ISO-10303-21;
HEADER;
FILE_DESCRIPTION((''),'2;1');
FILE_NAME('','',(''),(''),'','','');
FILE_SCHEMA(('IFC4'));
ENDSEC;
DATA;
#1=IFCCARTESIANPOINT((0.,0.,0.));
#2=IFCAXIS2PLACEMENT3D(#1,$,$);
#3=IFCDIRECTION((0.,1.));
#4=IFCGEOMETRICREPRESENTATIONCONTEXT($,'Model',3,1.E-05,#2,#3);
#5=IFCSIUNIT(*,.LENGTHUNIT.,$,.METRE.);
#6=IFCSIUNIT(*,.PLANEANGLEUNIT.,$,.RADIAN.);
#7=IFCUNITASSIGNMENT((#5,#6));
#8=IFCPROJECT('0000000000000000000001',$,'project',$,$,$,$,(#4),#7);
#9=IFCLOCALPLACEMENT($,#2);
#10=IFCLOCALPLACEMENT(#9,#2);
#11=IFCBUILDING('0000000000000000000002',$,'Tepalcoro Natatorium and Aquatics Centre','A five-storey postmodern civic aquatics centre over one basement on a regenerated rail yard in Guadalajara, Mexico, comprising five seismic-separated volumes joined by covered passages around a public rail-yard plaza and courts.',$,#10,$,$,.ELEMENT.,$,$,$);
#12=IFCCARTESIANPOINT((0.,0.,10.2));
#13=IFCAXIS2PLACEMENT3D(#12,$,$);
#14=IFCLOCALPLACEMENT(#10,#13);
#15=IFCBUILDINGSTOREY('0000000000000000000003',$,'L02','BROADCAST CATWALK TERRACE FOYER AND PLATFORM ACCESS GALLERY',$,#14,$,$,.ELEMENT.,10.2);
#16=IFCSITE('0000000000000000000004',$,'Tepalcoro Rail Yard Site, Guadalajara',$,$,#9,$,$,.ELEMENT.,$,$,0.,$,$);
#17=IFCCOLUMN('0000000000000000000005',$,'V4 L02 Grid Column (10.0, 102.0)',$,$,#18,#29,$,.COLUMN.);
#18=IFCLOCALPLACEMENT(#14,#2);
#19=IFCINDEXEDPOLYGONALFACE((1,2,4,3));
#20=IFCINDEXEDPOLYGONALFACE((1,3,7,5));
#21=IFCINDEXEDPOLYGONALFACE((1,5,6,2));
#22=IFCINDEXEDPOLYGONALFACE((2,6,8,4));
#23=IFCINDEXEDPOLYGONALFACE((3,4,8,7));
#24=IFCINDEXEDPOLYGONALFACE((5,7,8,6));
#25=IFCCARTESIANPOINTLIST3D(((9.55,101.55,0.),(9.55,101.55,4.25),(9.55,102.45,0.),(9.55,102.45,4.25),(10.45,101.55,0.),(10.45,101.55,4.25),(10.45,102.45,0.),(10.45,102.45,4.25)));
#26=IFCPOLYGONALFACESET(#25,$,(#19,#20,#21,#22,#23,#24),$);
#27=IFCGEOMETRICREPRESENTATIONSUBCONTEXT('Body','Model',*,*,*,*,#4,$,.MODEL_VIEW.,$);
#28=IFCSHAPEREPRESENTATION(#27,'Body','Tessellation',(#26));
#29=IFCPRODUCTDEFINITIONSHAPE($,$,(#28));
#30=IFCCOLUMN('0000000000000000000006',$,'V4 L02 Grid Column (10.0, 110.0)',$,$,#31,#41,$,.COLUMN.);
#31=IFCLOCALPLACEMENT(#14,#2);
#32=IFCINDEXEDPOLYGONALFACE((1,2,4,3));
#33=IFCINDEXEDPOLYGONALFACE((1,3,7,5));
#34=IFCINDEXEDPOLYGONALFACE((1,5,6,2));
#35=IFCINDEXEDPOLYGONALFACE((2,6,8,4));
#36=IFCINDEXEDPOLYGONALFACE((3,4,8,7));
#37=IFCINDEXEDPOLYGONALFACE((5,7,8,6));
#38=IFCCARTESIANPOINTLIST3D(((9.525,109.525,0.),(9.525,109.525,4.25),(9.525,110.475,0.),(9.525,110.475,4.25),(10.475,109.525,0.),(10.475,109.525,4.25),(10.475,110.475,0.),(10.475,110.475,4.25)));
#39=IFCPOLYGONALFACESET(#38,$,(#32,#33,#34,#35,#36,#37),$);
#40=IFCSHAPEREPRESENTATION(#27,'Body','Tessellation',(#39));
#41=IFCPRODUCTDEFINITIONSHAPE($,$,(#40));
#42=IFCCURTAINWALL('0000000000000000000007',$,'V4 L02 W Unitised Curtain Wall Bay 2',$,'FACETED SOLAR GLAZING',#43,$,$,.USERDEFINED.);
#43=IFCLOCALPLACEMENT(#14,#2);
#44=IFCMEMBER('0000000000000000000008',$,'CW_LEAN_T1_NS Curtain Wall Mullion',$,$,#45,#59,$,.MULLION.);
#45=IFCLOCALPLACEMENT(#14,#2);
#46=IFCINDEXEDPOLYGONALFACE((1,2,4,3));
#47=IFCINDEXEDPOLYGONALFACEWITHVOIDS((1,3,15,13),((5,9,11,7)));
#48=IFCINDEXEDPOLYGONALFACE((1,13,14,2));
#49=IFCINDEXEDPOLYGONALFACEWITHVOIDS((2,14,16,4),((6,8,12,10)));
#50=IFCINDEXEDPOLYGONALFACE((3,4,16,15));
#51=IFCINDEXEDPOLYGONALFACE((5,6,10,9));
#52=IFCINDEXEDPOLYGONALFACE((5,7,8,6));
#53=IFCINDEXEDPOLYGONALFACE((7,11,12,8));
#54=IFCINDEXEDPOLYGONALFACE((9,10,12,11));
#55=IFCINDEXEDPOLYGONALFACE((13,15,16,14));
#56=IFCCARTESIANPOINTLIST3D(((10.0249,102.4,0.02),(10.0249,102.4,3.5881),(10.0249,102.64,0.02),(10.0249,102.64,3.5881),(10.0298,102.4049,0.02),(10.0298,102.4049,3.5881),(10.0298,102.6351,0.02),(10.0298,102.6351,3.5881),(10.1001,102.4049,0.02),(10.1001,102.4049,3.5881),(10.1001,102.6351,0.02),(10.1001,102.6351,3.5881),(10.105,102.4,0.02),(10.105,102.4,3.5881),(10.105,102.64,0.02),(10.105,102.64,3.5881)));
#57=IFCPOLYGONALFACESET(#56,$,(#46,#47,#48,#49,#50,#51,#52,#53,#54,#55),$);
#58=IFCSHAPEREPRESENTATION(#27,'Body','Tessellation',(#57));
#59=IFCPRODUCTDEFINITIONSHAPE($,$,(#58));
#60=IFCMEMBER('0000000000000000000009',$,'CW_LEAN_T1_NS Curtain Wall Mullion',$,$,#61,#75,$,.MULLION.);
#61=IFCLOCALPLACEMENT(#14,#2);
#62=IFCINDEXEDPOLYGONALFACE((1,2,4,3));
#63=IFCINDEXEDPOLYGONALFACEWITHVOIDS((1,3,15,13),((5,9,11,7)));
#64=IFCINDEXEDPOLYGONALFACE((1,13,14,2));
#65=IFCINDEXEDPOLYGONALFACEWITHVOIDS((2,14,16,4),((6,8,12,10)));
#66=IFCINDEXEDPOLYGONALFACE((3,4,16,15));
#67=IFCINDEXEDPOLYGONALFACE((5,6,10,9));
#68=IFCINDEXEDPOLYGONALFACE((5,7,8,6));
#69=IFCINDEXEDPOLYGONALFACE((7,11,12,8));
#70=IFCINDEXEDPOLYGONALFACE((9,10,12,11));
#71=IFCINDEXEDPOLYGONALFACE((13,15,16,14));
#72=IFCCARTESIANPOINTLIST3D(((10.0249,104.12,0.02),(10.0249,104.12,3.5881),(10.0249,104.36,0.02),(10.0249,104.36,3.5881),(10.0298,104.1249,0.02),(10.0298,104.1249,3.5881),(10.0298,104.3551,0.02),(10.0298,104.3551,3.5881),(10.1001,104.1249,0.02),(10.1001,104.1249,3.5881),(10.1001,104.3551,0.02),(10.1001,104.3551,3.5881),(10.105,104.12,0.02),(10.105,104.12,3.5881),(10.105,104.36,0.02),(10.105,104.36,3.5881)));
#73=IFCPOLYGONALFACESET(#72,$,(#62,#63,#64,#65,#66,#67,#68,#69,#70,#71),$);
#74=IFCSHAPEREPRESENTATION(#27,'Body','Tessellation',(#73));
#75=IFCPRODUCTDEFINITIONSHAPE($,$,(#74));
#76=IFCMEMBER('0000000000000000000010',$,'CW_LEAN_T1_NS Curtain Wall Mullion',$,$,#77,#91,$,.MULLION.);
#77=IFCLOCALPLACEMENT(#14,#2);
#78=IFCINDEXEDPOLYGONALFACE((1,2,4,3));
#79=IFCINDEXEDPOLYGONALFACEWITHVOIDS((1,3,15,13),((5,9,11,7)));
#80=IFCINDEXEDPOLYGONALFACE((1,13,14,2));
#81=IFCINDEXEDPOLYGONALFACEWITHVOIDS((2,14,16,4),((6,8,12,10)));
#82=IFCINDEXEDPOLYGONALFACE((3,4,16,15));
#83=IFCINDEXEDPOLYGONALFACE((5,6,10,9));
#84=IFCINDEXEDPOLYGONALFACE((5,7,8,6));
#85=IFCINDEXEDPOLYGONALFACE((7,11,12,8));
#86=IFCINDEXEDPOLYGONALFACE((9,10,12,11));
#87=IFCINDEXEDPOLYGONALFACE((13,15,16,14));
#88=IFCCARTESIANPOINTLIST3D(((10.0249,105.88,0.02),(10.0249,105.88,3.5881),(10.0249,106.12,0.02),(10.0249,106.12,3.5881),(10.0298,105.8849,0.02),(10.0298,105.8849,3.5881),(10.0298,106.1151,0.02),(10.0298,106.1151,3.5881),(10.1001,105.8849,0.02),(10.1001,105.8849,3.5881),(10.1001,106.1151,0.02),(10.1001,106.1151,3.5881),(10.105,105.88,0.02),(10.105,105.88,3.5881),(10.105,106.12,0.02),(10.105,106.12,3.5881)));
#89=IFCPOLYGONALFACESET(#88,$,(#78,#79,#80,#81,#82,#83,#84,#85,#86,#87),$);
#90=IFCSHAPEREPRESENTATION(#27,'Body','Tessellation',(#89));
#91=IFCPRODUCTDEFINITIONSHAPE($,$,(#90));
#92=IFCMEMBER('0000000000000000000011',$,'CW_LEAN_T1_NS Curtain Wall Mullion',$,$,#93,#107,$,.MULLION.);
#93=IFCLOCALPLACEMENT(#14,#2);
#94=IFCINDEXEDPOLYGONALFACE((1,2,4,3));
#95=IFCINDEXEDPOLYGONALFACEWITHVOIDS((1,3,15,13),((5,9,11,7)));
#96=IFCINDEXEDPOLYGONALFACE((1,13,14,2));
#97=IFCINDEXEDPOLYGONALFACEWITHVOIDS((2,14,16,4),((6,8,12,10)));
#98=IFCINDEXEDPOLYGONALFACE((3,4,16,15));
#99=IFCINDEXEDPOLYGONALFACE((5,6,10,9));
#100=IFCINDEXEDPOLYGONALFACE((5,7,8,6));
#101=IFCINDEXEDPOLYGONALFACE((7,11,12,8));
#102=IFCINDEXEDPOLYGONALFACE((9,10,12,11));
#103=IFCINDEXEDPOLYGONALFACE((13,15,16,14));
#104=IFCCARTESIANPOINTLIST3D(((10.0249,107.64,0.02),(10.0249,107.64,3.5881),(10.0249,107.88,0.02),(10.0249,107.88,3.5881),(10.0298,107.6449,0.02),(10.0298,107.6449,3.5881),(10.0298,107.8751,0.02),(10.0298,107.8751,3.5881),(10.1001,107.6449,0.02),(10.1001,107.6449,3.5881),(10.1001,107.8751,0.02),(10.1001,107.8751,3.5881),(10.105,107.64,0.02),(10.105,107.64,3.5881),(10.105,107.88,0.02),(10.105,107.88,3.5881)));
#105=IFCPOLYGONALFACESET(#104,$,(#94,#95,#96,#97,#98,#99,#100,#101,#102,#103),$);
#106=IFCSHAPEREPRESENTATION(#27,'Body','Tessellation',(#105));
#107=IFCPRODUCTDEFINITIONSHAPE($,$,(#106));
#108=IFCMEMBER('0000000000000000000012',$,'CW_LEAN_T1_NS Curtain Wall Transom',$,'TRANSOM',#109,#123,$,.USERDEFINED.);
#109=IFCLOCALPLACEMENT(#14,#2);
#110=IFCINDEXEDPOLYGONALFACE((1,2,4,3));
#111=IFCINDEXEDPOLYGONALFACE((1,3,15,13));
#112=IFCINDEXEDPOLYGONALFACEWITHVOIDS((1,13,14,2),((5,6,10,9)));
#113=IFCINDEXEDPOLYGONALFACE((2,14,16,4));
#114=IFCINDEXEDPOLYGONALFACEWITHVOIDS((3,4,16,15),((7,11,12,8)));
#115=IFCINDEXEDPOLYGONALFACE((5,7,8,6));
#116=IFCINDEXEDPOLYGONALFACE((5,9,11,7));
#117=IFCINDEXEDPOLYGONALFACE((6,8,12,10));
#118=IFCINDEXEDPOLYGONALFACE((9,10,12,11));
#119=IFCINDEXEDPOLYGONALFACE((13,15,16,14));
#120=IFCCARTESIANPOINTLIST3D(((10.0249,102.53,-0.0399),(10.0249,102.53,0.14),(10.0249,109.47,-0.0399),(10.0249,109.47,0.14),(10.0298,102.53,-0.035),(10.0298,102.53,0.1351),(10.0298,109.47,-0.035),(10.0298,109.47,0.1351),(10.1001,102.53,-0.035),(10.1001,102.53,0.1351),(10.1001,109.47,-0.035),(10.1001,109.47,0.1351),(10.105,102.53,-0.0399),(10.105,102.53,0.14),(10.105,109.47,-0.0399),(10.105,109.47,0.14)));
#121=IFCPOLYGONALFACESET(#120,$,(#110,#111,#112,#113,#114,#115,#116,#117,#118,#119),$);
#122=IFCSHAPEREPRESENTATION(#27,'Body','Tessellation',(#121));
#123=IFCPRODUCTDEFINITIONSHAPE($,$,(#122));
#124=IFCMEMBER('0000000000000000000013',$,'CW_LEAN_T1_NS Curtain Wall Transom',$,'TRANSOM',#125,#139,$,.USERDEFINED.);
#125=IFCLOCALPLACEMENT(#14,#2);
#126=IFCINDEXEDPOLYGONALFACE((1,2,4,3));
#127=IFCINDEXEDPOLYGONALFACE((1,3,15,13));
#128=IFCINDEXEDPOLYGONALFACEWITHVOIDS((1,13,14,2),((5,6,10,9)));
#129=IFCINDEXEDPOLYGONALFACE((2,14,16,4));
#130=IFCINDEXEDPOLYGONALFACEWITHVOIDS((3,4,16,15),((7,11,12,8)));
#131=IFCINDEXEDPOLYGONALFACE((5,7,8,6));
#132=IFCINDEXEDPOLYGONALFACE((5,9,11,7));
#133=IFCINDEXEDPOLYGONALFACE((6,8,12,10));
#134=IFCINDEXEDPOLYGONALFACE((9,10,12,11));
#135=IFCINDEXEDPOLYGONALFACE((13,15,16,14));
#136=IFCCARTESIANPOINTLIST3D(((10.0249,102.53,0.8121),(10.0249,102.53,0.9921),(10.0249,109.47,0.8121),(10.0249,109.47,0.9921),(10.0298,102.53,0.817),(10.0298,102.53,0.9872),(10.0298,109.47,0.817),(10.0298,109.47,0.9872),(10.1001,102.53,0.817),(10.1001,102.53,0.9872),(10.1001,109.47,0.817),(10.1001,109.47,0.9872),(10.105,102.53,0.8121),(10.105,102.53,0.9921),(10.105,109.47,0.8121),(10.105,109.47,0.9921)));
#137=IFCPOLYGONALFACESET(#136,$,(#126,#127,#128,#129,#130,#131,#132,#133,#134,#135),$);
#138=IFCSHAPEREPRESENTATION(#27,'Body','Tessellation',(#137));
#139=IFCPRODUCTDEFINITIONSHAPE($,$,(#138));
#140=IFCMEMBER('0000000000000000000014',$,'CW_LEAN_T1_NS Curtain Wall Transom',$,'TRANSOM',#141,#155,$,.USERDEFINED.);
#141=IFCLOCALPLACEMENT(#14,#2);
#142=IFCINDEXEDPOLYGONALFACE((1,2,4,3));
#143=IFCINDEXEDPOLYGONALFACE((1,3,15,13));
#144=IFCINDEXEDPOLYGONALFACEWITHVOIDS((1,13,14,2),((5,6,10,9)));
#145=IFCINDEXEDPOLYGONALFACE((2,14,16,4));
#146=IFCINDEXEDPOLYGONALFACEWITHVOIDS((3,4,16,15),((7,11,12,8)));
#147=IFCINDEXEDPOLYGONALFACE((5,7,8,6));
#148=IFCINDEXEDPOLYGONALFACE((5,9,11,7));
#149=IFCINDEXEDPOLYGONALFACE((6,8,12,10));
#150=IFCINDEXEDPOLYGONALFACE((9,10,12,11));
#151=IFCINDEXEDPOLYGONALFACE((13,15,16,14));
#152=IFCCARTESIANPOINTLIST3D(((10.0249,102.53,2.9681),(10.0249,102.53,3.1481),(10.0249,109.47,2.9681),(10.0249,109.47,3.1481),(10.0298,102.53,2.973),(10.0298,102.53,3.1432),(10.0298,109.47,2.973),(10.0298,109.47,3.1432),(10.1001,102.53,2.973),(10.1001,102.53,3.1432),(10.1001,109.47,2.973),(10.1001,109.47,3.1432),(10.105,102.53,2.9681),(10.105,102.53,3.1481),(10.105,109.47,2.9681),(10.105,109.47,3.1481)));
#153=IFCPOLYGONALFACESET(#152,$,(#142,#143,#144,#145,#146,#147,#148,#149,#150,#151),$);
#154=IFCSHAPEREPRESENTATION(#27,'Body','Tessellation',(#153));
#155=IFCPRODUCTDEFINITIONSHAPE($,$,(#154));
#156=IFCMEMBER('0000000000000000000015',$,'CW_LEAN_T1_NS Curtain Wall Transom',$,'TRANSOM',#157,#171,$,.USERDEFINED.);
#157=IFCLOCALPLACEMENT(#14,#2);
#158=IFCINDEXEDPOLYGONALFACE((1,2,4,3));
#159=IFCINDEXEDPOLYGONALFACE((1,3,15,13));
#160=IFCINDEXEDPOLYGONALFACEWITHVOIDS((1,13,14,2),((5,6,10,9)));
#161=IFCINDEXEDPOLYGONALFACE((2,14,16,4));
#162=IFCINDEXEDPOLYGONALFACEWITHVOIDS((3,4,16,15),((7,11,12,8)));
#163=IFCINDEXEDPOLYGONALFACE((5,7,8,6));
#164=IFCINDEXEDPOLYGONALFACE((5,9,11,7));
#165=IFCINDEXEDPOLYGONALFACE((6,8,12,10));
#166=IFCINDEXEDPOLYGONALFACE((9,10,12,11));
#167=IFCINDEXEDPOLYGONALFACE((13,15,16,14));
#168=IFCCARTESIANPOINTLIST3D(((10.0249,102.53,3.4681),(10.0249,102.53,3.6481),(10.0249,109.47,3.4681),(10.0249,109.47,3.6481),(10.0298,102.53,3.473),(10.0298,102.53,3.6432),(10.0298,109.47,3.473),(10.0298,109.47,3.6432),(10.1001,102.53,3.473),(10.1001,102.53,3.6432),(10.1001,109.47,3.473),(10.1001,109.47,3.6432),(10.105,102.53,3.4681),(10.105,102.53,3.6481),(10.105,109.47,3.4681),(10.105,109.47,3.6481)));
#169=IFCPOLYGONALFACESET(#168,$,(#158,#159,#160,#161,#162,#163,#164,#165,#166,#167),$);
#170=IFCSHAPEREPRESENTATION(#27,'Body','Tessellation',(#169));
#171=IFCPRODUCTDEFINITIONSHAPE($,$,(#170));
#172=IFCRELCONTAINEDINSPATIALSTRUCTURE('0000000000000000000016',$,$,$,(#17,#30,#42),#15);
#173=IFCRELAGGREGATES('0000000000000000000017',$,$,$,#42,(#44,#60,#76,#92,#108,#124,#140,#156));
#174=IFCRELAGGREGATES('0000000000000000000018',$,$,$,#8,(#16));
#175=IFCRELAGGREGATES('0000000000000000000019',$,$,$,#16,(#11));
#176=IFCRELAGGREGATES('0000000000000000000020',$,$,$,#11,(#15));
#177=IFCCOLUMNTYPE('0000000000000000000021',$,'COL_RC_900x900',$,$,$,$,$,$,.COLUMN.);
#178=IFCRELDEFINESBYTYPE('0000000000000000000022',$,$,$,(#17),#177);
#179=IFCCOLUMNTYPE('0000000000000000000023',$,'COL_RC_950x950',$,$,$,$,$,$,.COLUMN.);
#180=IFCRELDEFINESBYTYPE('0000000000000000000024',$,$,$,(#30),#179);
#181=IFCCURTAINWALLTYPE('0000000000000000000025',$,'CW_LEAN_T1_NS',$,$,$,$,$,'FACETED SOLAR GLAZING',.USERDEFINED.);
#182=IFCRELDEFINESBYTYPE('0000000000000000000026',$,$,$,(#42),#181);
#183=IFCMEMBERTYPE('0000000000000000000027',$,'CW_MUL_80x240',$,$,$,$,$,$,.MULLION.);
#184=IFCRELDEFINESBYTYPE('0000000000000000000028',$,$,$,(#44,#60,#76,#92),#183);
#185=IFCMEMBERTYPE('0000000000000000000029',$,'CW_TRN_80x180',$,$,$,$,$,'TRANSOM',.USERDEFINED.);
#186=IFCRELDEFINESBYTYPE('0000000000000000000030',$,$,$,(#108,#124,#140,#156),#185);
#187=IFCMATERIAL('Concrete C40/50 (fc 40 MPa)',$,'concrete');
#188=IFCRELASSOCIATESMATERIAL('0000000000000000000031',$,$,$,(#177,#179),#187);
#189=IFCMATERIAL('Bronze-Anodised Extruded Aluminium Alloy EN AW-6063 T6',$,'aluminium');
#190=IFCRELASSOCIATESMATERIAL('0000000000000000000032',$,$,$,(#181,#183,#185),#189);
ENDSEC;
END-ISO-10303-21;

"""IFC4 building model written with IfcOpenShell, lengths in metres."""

from ifc_helpers import new_model, si_unit, direction, frame, origin, origin_2d, place, context, subcontext, project, spatial, rectangle, hollow_rectangle, extrude, material, material_profile, profile_set, type_object, element, aggregate, save


model = new_model("IFC4")

# Units and contexts
model_context = context("Model", 3, precision=1e-05, world=origin(), true_north=direction((0.0, 1.0)))
body_context = subcontext(model_context, "Body", "Model", "MODEL_VIEW")
ifc_project = project(units=[si_unit("LENGTHUNIT", "METRE"), si_unit("PLANEANGLEUNIT", "RADIAN")], contexts=[model_context])

# Site, building, storey
site_placement = place(None, origin())
site = spatial("IfcSite", under=ifc_project, at=site_placement, Name="Tepalcoro Rail Yard Site, Guadalajara", CompositionType="ELEMENT", RefElevation=0.0)
building_placement = place(site_placement, origin())
building = spatial("IfcBuilding", under=site, at=building_placement, Name="Tepalcoro Natatorium and Aquatics Centre", Description="A five-storey postmodern civic aquatics centre over one basement on a regenerated rail yard in Guadalajara, Mexico, comprising five seismic-separated volumes joined by covered passages around a public rail-yard plaza and courts.", CompositionType="ELEMENT")
storey_placement = place(building_placement, frame((0.0, 0.0, 10.2)))
storey = spatial("IfcBuildingStorey", under=building, at=storey_placement, Name="L02", Description="BROADCAST CATWALK TERRACE FOYER AND PLATFORM ACCESS GALLERY", CompositionType="ELEMENT", Elevation=10.2)

# Columns
ifc_material_1 = material(Name="Concrete C40/50 (fc 40 MPa)", Category="concrete")
ifc_material_profile_1 = material_profile(ifc_material_1, rectangle(XDim=0.8999, YDim=0.8999, at=origin_2d()), Name="RC900x900")
ifc_profile_set_1 = profile_set([ifc_material_profile_1], Name="Concrete C40/50 (fc 40 MPa)")
column_type_1 = type_object("IfcColumnType", Name="COL_RC_900x900", PredefinedType="COLUMN", material=ifc_profile_set_1)
column_1_placement = place(storey_placement, frame((10.0, 102.0, 0.0), z_axis=(0.0, 0.0, 1.0), x_axis=(1.0, 0.0, 0.0)))
element("IfcColumn", 1, at=column_1_placement, inside=storey, type_object=column_type_1, Name="V4 L02 Grid Column (10.0, 102.0)", PredefinedType="COLUMN", context=body_context, shape_type="SweptSolid", body=[
    extrude(rectangle(XDim=0.8999, YDim=0.8999, at=origin_2d()), origin(), (0.0, 0.0, 1.0), 4.25),
])
ifc_material_profile_2 = material_profile(ifc_material_1, rectangle(XDim=0.95, YDim=0.95, at=origin_2d()), Name="RC950x950")
ifc_profile_set_2 = profile_set([ifc_material_profile_2], Name="Concrete C40/50 (fc 40 MPa)")
column_type_2 = type_object("IfcColumnType", Name="COL_RC_950x950", PredefinedType="COLUMN", material=ifc_profile_set_2)
column_2_placement = place(storey_placement, frame((10.0, 110.0, 0.0), z_axis=(0.0, 0.0, 1.0), x_axis=(1.0, 0.0, 0.0)))
element("IfcColumn", 2, at=column_2_placement, inside=storey, type_object=column_type_2, Name="V4 L02 Grid Column (10.0, 110.0)", PredefinedType="COLUMN", context=body_context, shape_type="SweptSolid", body=[
    extrude(rectangle(XDim=0.95, YDim=0.95, at=origin_2d()), origin(), (0.0, 0.0, 1.0), 4.25),
])

# Curtain wall, members
ifc_material_2 = material(Name="Bronze-Anodised Extruded Aluminium Alloy EN AW-6063 T6", Category="aluminium")
curtain_wall_type = type_object("IfcCurtainWallType", Name="CW_LEAN_T1_NS", ElementType="FACETED SOLAR GLAZING", PredefinedType="USERDEFINED", material=ifc_material_2)
curtain_wall_placement = place(storey_placement, origin())
curtain_wall = element("IfcCurtainWall", 3, at=curtain_wall_placement, inside=storey, type_object=curtain_wall_type, Name="V4 L02 W Unitised Curtain Wall Bay 2", ObjectType="FACETED SOLAR GLAZING", PredefinedType="USERDEFINED")
ifc_material_profile_3 = material_profile(ifc_material_2, hollow_rectangle(XDim=0.0801, YDim=0.24, WallThickness=0.0049, at=origin_2d()), Name="AL80X240X5")
ifc_profile_set_3 = profile_set([ifc_material_profile_3], Name="Bronze-Anodised Extruded Aluminium Alloy EN AW-6063 T6")
member_type_1 = type_object("IfcMemberType", Name="CW_MUL_80x240", PredefinedType="MULLION", material=ifc_profile_set_3)
member_1_placement = place(storey_placement, frame((10.0649, 102.52, 0.02), z_axis=(0.0, 0.0, 1.0), x_axis=(1.0, 0.0, 0.0)))
member_1 = element("IfcMember", 4, at=member_1_placement, type_object=member_type_1, Name="CW_LEAN_T1_NS Curtain Wall Mullion", PredefinedType="MULLION", context=body_context, shape_type="SweptSolid", body=[
    extrude(hollow_rectangle(XDim=0.0801, YDim=0.24, WallThickness=0.0049, at=origin_2d()), origin(), (0.0, 0.0, 1.0), 3.5681),
])
member_2_placement = place(storey_placement, frame((10.0649, 104.24, 0.02), z_axis=(0.0, 0.0, 1.0), x_axis=(1.0, 0.0, 0.0)))
member_2 = element("IfcMember", 5, at=member_2_placement, type_object=member_type_1, Name="CW_LEAN_T1_NS Curtain Wall Mullion", PredefinedType="MULLION", context=body_context, shape_type="SweptSolid", body=[
    extrude(hollow_rectangle(XDim=0.0801, YDim=0.24, WallThickness=0.0049, at=origin_2d()), origin(), (0.0, 0.0, 1.0), 3.5681),
])
member_3_placement = place(storey_placement, frame((10.0649, 106.0, 0.02), z_axis=(0.0, 0.0, 1.0), x_axis=(1.0, 0.0, 0.0)))
member_3 = element("IfcMember", 6, at=member_3_placement, type_object=member_type_1, Name="CW_LEAN_T1_NS Curtain Wall Mullion", PredefinedType="MULLION", context=body_context, shape_type="SweptSolid", body=[
    extrude(hollow_rectangle(XDim=0.0801, YDim=0.24, WallThickness=0.0049, at=origin_2d()), origin(), (0.0, 0.0, 1.0), 3.5681),
])
member_4_placement = place(storey_placement, frame((10.0649, 107.76, 0.02), z_axis=(0.0, 0.0, 1.0), x_axis=(1.0, 0.0, 0.0)))
member_4 = element("IfcMember", 7, at=member_4_placement, type_object=member_type_1, Name="CW_LEAN_T1_NS Curtain Wall Mullion", PredefinedType="MULLION", context=body_context, shape_type="SweptSolid", body=[
    extrude(hollow_rectangle(XDim=0.0801, YDim=0.24, WallThickness=0.0049, at=origin_2d()), origin(), (0.0, 0.0, 1.0), 3.5681),
])
ifc_material_profile_4 = material_profile(ifc_material_2, hollow_rectangle(XDim=0.0801, YDim=0.1799, WallThickness=0.0049, at=origin_2d()), Name="AL80X180X5")
ifc_profile_set_4 = profile_set([ifc_material_profile_4], Name="Bronze-Anodised Extruded Aluminium Alloy EN AW-6063 T6")
member_type_2 = type_object("IfcMemberType", Name="CW_TRN_80x180", ElementType="TRANSOM", PredefinedType="USERDEFINED", material=ifc_profile_set_4)
member_5_placement = place(storey_placement, frame((10.0649, 102.53, 0.05), z_axis=(0.0, 1.0, 0.0), x_axis=(-1.0, 0.0, 0.0)))
member_5 = element("IfcMember", 8, at=member_5_placement, type_object=member_type_2, Name="CW_LEAN_T1_NS Curtain Wall Transom", ObjectType="TRANSOM", PredefinedType="USERDEFINED", context=body_context, shape_type="SweptSolid", body=[
    extrude(hollow_rectangle(XDim=0.0801, YDim=0.1799, WallThickness=0.0049, at=origin_2d()), origin(), (0.0, 0.0, 1.0), 6.9399),
])
member_6_placement = place(storey_placement, frame((10.0649, 102.53, 0.9021), z_axis=(0.0, 1.0, 0.0), x_axis=(-1.0, 0.0, 0.0)))
member_6 = element("IfcMember", 9, at=member_6_placement, type_object=member_type_2, Name="CW_LEAN_T1_NS Curtain Wall Transom", ObjectType="TRANSOM", PredefinedType="USERDEFINED", context=body_context, shape_type="SweptSolid", body=[
    extrude(hollow_rectangle(XDim=0.0801, YDim=0.1799, WallThickness=0.0049, at=origin_2d()), origin(), (0.0, 0.0, 1.0), 6.9399),
])
member_7_placement = place(storey_placement, frame((10.0649, 102.53, 3.0581), z_axis=(0.0, 1.0, 0.0), x_axis=(-1.0, 0.0, 0.0)))
member_7 = element("IfcMember", 10, at=member_7_placement, type_object=member_type_2, Name="CW_LEAN_T1_NS Curtain Wall Transom", ObjectType="TRANSOM", PredefinedType="USERDEFINED", context=body_context, shape_type="SweptSolid", body=[
    extrude(hollow_rectangle(XDim=0.0801, YDim=0.1799, WallThickness=0.0049, at=origin_2d()), origin(), (0.0, 0.0, 1.0), 6.9399),
])
member_8_placement = place(storey_placement, frame((10.0649, 102.53, 3.5581), z_axis=(0.0, 1.0, 0.0), x_axis=(-1.0, 0.0, 0.0)))
member_8 = element("IfcMember", 11, at=member_8_placement, type_object=member_type_2, Name="CW_LEAN_T1_NS Curtain Wall Transom", ObjectType="TRANSOM", PredefinedType="USERDEFINED", context=body_context, shape_type="SweptSolid", body=[
    extrude(hollow_rectangle(XDim=0.0801, YDim=0.1799, WallThickness=0.0049, at=origin_2d()), origin(), (0.0, 0.0, 1.0), 6.9399),
])

aggregate(curtain_wall, [member_1, member_2, member_3, member_4, member_5, member_6, member_7, member_8])

save(model, "model.ifc")
